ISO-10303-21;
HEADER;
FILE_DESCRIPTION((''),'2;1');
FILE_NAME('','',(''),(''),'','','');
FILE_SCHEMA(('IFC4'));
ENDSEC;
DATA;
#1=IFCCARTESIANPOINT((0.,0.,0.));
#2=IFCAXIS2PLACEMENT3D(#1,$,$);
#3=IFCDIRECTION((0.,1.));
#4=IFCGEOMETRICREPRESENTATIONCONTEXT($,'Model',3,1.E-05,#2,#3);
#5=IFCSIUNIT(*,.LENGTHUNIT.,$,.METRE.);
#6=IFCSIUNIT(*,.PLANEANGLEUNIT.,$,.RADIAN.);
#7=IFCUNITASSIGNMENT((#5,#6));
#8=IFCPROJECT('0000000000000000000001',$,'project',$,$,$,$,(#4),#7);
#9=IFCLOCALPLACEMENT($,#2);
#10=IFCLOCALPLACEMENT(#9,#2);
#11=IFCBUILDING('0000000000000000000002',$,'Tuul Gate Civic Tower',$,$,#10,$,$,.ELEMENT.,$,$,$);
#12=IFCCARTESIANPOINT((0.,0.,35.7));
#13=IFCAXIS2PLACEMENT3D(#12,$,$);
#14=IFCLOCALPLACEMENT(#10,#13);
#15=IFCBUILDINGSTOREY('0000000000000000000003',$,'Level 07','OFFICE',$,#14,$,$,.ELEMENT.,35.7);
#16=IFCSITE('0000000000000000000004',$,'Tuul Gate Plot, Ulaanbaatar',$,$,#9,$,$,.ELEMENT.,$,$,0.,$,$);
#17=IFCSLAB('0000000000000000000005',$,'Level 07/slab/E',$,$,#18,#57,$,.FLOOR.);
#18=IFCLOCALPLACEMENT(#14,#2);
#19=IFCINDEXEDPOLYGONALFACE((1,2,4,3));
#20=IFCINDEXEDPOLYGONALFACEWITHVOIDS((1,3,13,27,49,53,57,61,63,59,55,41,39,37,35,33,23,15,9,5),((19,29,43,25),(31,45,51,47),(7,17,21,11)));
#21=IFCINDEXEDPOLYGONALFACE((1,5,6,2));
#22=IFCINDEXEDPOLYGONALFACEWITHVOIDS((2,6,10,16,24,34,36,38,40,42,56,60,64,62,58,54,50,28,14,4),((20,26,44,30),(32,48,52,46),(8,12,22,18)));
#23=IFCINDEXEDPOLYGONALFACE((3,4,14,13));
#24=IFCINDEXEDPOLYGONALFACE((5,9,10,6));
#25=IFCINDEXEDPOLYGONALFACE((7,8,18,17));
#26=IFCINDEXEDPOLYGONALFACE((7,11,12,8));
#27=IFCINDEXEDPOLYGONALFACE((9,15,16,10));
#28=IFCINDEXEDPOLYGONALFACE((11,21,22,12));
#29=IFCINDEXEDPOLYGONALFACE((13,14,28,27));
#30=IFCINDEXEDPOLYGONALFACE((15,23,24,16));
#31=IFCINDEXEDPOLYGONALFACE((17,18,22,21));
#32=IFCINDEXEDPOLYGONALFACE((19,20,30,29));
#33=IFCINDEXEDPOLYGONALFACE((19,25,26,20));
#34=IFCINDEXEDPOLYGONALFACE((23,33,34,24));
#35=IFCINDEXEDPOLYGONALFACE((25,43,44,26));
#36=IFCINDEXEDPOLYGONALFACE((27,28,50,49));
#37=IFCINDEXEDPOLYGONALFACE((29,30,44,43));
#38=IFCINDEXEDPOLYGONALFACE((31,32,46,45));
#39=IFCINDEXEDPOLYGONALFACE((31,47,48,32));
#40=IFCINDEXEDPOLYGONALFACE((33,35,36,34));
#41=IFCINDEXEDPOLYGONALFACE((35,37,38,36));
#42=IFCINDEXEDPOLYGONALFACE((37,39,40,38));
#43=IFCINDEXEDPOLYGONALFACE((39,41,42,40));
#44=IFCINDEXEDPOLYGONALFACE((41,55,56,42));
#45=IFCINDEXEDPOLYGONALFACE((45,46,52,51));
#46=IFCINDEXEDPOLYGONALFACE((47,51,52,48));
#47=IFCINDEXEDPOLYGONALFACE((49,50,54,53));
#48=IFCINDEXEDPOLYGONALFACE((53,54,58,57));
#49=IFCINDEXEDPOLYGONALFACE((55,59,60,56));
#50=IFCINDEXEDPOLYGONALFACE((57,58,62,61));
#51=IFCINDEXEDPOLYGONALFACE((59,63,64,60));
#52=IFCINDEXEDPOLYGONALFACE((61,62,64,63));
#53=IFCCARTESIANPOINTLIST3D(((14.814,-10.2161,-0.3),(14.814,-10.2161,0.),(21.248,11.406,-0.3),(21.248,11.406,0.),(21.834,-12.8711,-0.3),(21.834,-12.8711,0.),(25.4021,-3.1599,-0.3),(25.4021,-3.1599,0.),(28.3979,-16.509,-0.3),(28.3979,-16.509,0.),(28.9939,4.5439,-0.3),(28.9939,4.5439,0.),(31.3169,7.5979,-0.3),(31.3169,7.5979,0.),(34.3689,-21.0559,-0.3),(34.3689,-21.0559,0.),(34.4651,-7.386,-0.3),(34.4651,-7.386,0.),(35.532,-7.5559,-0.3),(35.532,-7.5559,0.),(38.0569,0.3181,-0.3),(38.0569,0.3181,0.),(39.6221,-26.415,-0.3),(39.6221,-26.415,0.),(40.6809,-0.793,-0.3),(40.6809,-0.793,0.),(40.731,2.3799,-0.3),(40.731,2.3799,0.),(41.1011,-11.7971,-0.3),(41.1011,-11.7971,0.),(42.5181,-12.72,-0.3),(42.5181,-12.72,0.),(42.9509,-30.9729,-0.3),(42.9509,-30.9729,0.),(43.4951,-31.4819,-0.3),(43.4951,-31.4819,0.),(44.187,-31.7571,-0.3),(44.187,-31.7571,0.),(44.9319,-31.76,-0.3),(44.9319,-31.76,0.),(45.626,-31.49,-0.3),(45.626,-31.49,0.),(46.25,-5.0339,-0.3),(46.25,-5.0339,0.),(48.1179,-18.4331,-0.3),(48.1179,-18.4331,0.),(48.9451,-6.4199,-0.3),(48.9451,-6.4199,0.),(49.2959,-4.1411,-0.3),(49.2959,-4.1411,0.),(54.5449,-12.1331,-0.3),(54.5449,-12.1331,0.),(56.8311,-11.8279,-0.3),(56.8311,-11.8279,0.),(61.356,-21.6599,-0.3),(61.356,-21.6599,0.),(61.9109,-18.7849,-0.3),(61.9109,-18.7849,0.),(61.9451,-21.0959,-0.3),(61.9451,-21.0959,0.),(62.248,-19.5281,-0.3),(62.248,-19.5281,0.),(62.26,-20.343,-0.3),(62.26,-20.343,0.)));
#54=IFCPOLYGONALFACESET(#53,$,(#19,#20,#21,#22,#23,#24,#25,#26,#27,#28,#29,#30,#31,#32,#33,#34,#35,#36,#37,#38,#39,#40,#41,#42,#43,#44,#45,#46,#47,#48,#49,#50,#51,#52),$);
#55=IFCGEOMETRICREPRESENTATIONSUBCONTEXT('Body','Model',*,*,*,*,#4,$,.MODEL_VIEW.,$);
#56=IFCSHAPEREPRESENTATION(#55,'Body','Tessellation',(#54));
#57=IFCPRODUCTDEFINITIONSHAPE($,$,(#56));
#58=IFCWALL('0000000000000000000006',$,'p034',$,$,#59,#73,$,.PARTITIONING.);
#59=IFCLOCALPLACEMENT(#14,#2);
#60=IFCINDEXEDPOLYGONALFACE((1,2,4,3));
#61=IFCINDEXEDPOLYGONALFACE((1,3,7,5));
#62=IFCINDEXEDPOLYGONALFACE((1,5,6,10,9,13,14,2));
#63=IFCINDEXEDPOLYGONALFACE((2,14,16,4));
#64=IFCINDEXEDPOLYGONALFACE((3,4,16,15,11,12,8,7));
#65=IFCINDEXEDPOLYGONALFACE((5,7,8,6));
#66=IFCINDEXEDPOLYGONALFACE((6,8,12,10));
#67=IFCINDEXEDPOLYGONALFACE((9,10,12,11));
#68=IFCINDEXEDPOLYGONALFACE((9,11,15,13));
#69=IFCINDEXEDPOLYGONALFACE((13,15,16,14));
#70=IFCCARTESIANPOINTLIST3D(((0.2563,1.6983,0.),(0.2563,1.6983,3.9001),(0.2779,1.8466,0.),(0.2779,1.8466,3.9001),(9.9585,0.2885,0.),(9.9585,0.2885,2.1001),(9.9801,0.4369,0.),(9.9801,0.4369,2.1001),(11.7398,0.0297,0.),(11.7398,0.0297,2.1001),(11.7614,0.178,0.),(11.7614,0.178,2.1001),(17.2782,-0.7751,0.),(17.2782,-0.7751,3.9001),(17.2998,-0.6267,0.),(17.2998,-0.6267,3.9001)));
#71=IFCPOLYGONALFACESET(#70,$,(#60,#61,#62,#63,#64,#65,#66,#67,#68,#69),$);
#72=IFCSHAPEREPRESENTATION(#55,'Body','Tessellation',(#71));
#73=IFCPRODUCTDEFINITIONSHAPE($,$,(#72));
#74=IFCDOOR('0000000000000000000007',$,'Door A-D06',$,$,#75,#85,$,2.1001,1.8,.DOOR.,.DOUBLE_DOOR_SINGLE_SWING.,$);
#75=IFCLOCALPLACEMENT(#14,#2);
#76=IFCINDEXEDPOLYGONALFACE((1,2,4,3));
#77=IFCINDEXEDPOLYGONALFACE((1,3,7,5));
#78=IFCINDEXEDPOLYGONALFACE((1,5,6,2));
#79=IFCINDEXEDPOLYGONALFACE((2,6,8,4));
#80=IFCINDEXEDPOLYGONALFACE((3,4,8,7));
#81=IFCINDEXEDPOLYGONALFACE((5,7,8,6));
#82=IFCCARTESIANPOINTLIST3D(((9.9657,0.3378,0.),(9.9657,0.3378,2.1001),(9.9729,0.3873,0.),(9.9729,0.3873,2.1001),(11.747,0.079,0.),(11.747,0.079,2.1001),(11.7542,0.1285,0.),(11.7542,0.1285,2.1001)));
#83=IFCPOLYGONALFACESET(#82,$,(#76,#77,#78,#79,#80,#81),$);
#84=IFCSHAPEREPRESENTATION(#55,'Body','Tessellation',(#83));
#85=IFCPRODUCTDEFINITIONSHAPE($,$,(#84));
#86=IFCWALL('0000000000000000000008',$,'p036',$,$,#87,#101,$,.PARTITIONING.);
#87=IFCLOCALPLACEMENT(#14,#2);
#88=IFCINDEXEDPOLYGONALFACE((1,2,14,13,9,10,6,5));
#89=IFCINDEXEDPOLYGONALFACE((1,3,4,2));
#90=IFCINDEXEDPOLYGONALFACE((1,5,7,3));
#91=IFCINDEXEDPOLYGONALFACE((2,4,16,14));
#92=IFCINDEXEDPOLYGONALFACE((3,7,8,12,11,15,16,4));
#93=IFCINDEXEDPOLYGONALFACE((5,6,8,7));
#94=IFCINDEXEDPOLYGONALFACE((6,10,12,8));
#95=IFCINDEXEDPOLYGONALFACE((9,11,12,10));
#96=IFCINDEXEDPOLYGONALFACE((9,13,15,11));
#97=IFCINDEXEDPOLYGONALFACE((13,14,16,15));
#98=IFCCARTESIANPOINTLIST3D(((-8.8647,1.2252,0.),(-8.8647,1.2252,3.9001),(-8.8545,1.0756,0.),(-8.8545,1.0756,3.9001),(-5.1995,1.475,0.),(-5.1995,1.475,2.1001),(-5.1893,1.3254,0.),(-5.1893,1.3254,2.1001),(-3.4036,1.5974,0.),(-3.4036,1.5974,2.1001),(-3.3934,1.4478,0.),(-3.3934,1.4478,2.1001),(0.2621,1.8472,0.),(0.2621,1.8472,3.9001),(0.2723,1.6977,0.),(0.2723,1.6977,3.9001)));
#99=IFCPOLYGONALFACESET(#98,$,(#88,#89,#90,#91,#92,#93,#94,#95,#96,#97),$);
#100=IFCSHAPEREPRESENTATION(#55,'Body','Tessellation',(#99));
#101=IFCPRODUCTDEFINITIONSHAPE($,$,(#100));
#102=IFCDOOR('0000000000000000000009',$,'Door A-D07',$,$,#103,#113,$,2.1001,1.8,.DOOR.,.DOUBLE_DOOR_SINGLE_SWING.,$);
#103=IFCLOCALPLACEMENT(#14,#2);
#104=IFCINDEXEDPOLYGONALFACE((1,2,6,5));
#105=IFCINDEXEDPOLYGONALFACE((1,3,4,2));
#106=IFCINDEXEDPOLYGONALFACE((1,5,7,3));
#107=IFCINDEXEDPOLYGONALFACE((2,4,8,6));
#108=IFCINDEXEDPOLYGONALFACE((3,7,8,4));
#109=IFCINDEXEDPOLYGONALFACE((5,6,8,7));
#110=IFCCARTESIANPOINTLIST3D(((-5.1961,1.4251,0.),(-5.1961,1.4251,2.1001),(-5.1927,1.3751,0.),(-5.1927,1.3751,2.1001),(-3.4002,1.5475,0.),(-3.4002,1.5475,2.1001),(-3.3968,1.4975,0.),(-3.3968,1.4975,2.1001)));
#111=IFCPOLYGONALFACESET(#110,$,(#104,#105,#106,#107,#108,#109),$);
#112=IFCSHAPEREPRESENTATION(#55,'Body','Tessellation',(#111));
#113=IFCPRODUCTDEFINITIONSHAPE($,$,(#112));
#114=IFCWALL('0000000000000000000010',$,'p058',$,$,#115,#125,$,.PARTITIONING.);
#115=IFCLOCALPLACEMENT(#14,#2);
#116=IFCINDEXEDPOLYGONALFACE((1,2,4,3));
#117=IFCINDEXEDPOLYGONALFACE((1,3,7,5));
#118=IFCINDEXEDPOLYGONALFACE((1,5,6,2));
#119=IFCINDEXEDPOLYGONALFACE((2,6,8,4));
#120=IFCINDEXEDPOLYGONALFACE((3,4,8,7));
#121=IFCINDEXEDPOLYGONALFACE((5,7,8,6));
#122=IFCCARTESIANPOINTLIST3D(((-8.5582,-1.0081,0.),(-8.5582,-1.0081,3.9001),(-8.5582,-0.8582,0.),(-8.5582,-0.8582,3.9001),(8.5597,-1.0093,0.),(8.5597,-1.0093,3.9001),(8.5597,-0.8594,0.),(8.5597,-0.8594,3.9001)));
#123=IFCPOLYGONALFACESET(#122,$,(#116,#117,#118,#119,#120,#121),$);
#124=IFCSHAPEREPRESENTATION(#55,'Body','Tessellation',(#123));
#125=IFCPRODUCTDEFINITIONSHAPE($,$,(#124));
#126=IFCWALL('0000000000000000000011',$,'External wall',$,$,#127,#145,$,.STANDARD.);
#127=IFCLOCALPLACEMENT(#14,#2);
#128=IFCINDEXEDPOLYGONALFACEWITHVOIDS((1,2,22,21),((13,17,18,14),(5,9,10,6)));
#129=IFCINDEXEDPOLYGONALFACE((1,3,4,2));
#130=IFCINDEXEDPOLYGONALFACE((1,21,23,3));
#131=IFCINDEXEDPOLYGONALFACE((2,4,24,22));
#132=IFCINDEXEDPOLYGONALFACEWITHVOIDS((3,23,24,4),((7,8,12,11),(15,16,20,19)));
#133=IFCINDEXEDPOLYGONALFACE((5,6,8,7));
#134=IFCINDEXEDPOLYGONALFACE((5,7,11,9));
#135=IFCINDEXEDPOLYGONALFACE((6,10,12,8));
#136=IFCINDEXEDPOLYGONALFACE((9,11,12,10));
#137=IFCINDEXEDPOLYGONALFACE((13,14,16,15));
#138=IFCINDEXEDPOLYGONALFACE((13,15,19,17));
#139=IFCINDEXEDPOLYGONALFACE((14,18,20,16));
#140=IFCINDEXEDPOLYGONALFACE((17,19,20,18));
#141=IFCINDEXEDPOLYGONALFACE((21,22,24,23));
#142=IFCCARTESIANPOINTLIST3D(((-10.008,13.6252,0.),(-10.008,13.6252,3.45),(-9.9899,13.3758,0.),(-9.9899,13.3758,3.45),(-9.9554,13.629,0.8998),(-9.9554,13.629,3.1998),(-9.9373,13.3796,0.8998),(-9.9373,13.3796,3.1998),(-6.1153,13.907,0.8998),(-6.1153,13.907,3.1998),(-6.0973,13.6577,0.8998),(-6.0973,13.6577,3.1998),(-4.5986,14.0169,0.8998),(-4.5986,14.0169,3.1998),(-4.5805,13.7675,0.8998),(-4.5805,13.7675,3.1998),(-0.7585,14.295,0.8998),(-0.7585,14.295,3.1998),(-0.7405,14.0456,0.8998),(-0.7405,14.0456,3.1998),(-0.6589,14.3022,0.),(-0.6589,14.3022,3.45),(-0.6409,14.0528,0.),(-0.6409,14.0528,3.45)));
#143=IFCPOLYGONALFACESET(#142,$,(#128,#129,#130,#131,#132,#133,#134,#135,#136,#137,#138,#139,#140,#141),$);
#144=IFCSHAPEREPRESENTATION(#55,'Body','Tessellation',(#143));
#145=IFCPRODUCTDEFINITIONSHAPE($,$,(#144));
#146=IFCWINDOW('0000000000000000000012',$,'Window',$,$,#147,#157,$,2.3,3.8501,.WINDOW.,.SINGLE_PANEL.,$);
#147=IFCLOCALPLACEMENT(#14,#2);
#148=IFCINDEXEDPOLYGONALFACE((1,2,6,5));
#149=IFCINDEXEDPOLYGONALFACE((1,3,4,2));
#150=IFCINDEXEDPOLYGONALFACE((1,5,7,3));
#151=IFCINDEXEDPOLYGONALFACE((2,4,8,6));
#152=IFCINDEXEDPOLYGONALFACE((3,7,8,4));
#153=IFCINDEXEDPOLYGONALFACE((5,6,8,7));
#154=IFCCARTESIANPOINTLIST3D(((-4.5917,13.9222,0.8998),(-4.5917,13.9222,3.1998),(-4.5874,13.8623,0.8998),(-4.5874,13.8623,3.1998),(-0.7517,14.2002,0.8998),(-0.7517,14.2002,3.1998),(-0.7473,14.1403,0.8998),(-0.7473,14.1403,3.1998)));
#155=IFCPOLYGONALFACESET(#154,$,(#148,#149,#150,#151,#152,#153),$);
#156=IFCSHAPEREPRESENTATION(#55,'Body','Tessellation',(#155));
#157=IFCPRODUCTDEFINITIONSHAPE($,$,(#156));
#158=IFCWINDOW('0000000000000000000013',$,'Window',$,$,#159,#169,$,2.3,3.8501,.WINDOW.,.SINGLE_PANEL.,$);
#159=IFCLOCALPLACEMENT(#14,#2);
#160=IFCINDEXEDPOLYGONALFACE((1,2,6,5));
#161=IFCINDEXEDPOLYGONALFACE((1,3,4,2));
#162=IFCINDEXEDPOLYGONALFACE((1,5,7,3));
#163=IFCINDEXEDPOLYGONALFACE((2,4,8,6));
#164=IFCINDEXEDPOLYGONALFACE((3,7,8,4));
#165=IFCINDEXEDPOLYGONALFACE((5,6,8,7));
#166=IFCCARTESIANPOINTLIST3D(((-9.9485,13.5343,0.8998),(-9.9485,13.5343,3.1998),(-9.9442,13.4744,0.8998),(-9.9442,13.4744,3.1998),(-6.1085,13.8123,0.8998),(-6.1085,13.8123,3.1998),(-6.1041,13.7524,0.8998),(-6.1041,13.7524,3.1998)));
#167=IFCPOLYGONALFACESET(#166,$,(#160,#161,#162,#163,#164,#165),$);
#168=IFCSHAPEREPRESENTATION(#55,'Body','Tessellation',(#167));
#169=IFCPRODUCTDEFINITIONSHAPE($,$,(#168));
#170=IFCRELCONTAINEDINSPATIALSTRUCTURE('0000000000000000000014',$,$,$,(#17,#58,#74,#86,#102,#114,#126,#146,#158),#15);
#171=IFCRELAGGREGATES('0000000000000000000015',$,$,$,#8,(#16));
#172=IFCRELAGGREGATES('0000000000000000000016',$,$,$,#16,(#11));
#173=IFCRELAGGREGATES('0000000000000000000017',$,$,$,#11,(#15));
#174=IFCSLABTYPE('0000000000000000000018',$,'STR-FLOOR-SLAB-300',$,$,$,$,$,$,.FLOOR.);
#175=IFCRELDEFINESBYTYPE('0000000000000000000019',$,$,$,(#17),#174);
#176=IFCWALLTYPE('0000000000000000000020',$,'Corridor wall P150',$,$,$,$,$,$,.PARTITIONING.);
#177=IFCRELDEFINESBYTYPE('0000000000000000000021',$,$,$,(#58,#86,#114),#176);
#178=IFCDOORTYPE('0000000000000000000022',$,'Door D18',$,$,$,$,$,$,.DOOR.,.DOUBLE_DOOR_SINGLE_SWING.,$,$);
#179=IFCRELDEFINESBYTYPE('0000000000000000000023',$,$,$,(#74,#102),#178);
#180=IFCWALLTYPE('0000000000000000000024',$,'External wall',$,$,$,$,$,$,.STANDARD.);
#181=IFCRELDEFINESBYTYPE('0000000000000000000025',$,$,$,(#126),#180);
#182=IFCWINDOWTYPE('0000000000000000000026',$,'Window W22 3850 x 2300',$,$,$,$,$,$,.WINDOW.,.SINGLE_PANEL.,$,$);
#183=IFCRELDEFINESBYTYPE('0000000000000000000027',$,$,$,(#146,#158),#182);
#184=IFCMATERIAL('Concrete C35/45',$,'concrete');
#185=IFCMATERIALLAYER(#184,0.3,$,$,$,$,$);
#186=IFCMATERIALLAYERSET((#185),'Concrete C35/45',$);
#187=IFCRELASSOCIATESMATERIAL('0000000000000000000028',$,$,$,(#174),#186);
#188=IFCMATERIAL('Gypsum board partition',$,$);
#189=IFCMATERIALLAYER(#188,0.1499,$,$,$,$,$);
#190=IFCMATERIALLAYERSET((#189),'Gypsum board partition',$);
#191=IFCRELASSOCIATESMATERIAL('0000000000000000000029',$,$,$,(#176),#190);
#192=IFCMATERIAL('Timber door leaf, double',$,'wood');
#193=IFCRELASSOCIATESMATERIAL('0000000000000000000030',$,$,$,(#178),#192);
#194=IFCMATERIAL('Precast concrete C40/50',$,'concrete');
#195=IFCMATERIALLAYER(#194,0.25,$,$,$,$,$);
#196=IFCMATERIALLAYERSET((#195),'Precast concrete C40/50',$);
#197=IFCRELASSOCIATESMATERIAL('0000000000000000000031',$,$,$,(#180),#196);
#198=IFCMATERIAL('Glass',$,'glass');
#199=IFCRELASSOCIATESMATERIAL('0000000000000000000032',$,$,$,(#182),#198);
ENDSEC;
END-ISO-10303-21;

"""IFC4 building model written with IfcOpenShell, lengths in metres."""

from ifc_helpers import new_model, si_unit, direction, frame, frame_2d, origin, place, context, subcontext, project, spatial, polyline, rectangle, outline, extrude, material, layer, layer_set, type_object, element, fill, save


model = new_model("IFC4")

# Units and contexts
model_context = context("Model", 3, precision=1e-05, world=origin(), true_north=direction((0.0, 1.0)))
body_context = subcontext(model_context, "Body", "Model", "MODEL_VIEW")
ifc_project = project(units=[si_unit("LENGTHUNIT", "METRE"), si_unit("PLANEANGLEUNIT", "RADIAN")], contexts=[model_context])

# Site, building, storey
site_placement = place(None, origin())
site = spatial("IfcSite", under=ifc_project, at=site_placement, Name="Tuul Gate Plot, Ulaanbaatar", CompositionType="ELEMENT", RefElevation=0.0)
building_placement = place(site_placement, origin())
building = spatial("IfcBuilding", under=site, at=building_placement, Name="Tuul Gate Civic Tower", CompositionType="ELEMENT")
storey_placement = place(building_placement, frame((0.0, 0.0, 35.7)))
storey = spatial("IfcBuildingStorey", under=building, at=storey_placement, Name="Level 07", Description="OFFICE", CompositionType="ELEMENT", Elevation=35.7)

# Slab
ifc_material_1 = material(Name="Concrete C35/45", Category="concrete")
ifc_layer_1 = layer(ifc_material_1, 0.3)
ifc_layer_set_1 = layer_set([ifc_layer_1], Name="Concrete C35/45")
slab_type_1 = type_object("IfcSlabType", Name="STR-FLOOR-SLAB-300", PredefinedType="FLOOR", material=ifc_layer_set_1)
slab_1_placement = place(storey_placement, frame((0.0, 0.0, -0.3)))
element("IfcSlab", 1, at=slab_1_placement, inside=storey, type_object=slab_type_1, Name="Level 07/slab/E", PredefinedType="FLOOR", context=body_context, shape_type="SweptSolid", body=[
    extrude(outline(polyline([(44.9319, -31.76), (45.626, -31.49), (61.356, -21.6599), (61.9451, -21.0959), (62.26, -20.343), (62.248, -19.5281), (61.9109, -18.7849), (56.8311, -11.8279), (49.2959, -4.1411), (40.731, 2.3799), (31.3169, 7.5979), (21.248, 11.406), (14.814, -10.2161), (21.834, -12.8711), (28.3979, -16.509), (34.3689, -21.0559), (39.6221, -26.415), (42.9509, -30.9729), (43.4951, -31.4819), (44.187, -31.7571), (44.9319, -31.76)]), holes=[polyline([(48.1179, -18.4331), (42.5181, -12.72), (48.9451, -6.4199), (54.5449, -12.1331), (48.1179, -18.4331)]), polyline([(35.532, -7.5559), (40.6809, -0.793), (46.25, -5.0339), (41.1011, -11.7971), (35.532, -7.5559)]), polyline([(25.4021, -3.1599), (28.9939, 4.5439), (38.0569, 0.3181), (34.4651, -7.386), (25.4021, -3.1599)])]), origin(), (0.0, 0.0, 1.0), 0.3),
])

# Walls, openings, doors
ifc_material_2 = material(Name="Gypsum board partition")
ifc_layer_2 = layer(ifc_material_2, 0.1499)
ifc_layer_set_2 = layer_set([ifc_layer_2], Name="Gypsum board partition")
wall_type_1 = type_object("IfcWallType", Name="Corridor wall P150", PredefinedType="PARTITIONING", material=ifc_layer_set_2)
wall_1_placement = place(storey_placement, frame((0.2671, 1.7725, 0.0), z_axis=(0.0, 0.0, 1.0), x_axis=(0.989607, -0.143796, 0.0)))
wall_1 = element("IfcWall", 2, at=wall_1_placement, inside=storey, type_object=wall_type_1, Name="p034", PredefinedType="PARTITIONING", context=body_context, shape_type="SweptSolid", body=[
    extrude(rectangle(XDim=17.2007, YDim=0.1499, at=frame_2d((8.6003, 0.0))), origin(), (0.0, 0.0, 1.0), 3.9001),
])
opening_1_placement = place(wall_1_placement, frame((9.8042, 0.0, 0.0)))
opening_1 = element("IfcOpeningElement", 3, at=opening_1_placement, cuts=wall_1, PredefinedType="OPENING", context=body_context, shape_type="SweptSolid", body=[
    extrude(rectangle(XDim=1.8, YDim=2.1001, at=frame_2d((0.8999, 1.05))), frame((0.0, 0.085, 0.0), z_axis=(0.0, -1.0, 0.0), x_axis=(1.0, 0.0, 0.0)), (0.0, 0.0, 1.0), 0.1699),
])
ifc_material_3 = material(Name="Timber door leaf, double", Category="wood")
door_type = type_object("IfcDoorType", Name="Door D18", OperationType="DOUBLE_DOOR_SINGLE_SWING", PredefinedType="DOOR", material=ifc_material_3)
door_1_placement = place(opening_1_placement, origin())
door_1 = element("IfcDoor", 4, at=door_1_placement, inside=storey, type_object=door_type, Name="Door A-D06", OperationType="DOUBLE_DOOR_SINGLE_SWING", OverallHeight=2.1001, OverallWidth=1.8, PredefinedType="DOOR", context=body_context, shape_type="SweptSolid", body=[
    extrude(rectangle(XDim=1.8, YDim=2.1001, at=frame_2d((0.8999, 1.05))), frame((0.0, 0.0249, 0.0), z_axis=(0.0, -1.0, 0.0), x_axis=(1.0, 0.0, 0.0)), (0.0, 0.0, 1.0), 0.05),
])
fill(opening_1, door_1)
wall_2_placement = place(storey_placement, frame((-8.8596, 1.1504, 0.0), z_axis=(0.0, 0.0, 1.0), x_axis=(0.997685, 0.068002, 0.0)))
wall_2 = element("IfcWall", 5, at=wall_2_placement, inside=storey, type_object=wall_type_1, Name="p036", PredefinedType="PARTITIONING", context=body_context, shape_type="SweptSolid", body=[
    extrude(rectangle(XDim=9.1479, YDim=0.1499, at=frame_2d((4.574, 0.0))), origin(), (0.0, 0.0, 1.0), 3.9001),
])
opening_2_placement = place(wall_2_placement, frame((3.6738, 0.0, 0.0)))
opening_2 = element("IfcOpeningElement", 6, at=opening_2_placement, cuts=wall_2, PredefinedType="OPENING", context=body_context, shape_type="SweptSolid", body=[
    extrude(rectangle(XDim=1.8, YDim=2.1001, at=frame_2d((0.8999, 1.05))), frame((0.0, 0.085, 0.0), z_axis=(0.0, -1.0, 0.0), x_axis=(1.0, 0.0, 0.0)), (0.0, 0.0, 1.0), 0.1699),
])
door_2_placement = place(opening_2_placement, origin())
door_2 = element("IfcDoor", 7, at=door_2_placement, inside=storey, type_object=door_type, Name="Door A-D07", OperationType="DOUBLE_DOOR_SINGLE_SWING", OverallHeight=2.1001, OverallWidth=1.8, PredefinedType="DOOR", context=body_context, shape_type="SweptSolid", body=[
    extrude(rectangle(XDim=1.8, YDim=2.1001, at=frame_2d((0.8999, 1.05))), frame((0.0, 0.0249, 0.0), z_axis=(0.0, -1.0, 0.0), x_axis=(1.0, 0.0, 0.0)), (0.0, 0.0, 1.0), 0.05),
])
fill(opening_2, door_2)

# Wall
wall_3_placement = place(storey_placement, frame((-8.5583, -0.9331, 0.0), z_axis=(0.0, 0.0, 1.0), x_axis=(1.0, -0.000071, 0.0)))
element("IfcWall", 8, at=wall_3_placement, inside=storey, type_object=wall_type_1, Name="p058", PredefinedType="PARTITIONING", context=body_context, shape_type="SweptSolid", body=[
    extrude(rectangle(XDim=17.1179, YDim=0.1499, at=frame_2d((8.5591, 0.0))), origin(), (0.0, 0.0, 1.0), 3.9001),
])

# Wall, openings, windows
ifc_material_4 = material(Name="Precast concrete C40/50", Category="concrete")
ifc_layer_3 = layer(ifc_material_4, 0.25)
ifc_layer_set_3 = layer_set([ifc_layer_3], Name="Precast concrete C40/50")
wall_type_2 = type_object("IfcWallType", Name="External wall", PredefinedType="STANDARD", material=ifc_layer_set_3)
wall_4_placement = place(storey_placement, frame((-0.6499, 14.1775, 0.0), z_axis=(0.0, 0.0, 1.0), x_axis=(-0.997388, -0.072224, 0.0)))
wall_4 = element("IfcWall", 9, at=wall_4_placement, inside=storey, type_object=wall_type_2, Name="External wall", PredefinedType="STANDARD", context=body_context, shape_type="SweptSolid", body=[
    extrude(rectangle(XDim=9.3735, YDim=0.25, at=frame_2d((4.6868, 0.0))), origin(), (0.0, 0.0, 1.0), 3.45),
])
opening_3_placement = place(wall_4_placement, frame((0.0999, 0.0, 0.8999)))
opening_3 = element("IfcOpeningElement", 10, at=opening_3_placement, cuts=wall_4, PredefinedType="OPENING", context=body_context, shape_type="SweptSolid", body=[
    extrude(rectangle(XDim=3.8501, YDim=2.3, at=frame_2d((1.925, 1.1499))), frame((0.0, 0.135, 0.0), z_axis=(0.0, -1.0, 0.0), x_axis=(1.0, 0.0, 0.0)), (0.0, 0.0, 1.0), 0.27),
])
opening_4_placement = place(wall_4_placement, frame((5.4707, 0.0, 0.8999)))
opening_4 = element("IfcOpeningElement", 11, at=opening_4_placement, cuts=wall_4, PredefinedType="OPENING", context=body_context, shape_type="SweptSolid", body=[
    extrude(rectangle(XDim=3.8501, YDim=2.3, at=frame_2d((1.925, 1.1499))), frame((0.0, 0.135, 0.0), z_axis=(0.0, -1.0, 0.0), x_axis=(1.0, 0.0, 0.0)), (0.0, 0.0, 1.0), 0.27),
])
ifc_material_5 = material(Name="Glass", Category="glass")
window_type = type_object("IfcWindowType", Name="Window W22 3850 x 2300", PartitioningType="SINGLE_PANEL", PredefinedType="WINDOW", material=ifc_material_5)
window_1_placement = place(opening_3_placement, origin())
window_1 = element("IfcWindow", 12, at=window_1_placement, inside=storey, type_object=window_type, Name="Window", OverallHeight=2.3, OverallWidth=3.8501, PartitioningType="SINGLE_PANEL", PredefinedType="WINDOW", context=body_context, shape_type="SweptSolid", body=[
    extrude(rectangle(XDim=3.8501, YDim=2.3, at=frame_2d((1.925, 1.1499))), frame((0.0, 0.03, 0.0), z_axis=(0.0, -1.0, 0.0), x_axis=(1.0, 0.0, 0.0)), (0.0, 0.0, 1.0), 0.0601),
])
fill(opening_3, window_1)
window_2_placement = place(opening_4_placement, origin())
window_2 = element("IfcWindow", 13, at=window_2_placement, inside=storey, type_object=window_type, Name="Window", OverallHeight=2.3, OverallWidth=3.8501, PartitioningType="SINGLE_PANEL", PredefinedType="WINDOW", context=body_context, shape_type="SweptSolid", body=[
    extrude(rectangle(XDim=3.8501, YDim=2.3, at=frame_2d((1.925, 1.1499))), frame((0.0, 0.03, 0.0), z_axis=(0.0, -1.0, 0.0), x_axis=(1.0, 0.0, 0.0)), (0.0, 0.0, 1.0), 0.0601),
])
fill(opening_4, window_2)

save(model, "model.ifc")
